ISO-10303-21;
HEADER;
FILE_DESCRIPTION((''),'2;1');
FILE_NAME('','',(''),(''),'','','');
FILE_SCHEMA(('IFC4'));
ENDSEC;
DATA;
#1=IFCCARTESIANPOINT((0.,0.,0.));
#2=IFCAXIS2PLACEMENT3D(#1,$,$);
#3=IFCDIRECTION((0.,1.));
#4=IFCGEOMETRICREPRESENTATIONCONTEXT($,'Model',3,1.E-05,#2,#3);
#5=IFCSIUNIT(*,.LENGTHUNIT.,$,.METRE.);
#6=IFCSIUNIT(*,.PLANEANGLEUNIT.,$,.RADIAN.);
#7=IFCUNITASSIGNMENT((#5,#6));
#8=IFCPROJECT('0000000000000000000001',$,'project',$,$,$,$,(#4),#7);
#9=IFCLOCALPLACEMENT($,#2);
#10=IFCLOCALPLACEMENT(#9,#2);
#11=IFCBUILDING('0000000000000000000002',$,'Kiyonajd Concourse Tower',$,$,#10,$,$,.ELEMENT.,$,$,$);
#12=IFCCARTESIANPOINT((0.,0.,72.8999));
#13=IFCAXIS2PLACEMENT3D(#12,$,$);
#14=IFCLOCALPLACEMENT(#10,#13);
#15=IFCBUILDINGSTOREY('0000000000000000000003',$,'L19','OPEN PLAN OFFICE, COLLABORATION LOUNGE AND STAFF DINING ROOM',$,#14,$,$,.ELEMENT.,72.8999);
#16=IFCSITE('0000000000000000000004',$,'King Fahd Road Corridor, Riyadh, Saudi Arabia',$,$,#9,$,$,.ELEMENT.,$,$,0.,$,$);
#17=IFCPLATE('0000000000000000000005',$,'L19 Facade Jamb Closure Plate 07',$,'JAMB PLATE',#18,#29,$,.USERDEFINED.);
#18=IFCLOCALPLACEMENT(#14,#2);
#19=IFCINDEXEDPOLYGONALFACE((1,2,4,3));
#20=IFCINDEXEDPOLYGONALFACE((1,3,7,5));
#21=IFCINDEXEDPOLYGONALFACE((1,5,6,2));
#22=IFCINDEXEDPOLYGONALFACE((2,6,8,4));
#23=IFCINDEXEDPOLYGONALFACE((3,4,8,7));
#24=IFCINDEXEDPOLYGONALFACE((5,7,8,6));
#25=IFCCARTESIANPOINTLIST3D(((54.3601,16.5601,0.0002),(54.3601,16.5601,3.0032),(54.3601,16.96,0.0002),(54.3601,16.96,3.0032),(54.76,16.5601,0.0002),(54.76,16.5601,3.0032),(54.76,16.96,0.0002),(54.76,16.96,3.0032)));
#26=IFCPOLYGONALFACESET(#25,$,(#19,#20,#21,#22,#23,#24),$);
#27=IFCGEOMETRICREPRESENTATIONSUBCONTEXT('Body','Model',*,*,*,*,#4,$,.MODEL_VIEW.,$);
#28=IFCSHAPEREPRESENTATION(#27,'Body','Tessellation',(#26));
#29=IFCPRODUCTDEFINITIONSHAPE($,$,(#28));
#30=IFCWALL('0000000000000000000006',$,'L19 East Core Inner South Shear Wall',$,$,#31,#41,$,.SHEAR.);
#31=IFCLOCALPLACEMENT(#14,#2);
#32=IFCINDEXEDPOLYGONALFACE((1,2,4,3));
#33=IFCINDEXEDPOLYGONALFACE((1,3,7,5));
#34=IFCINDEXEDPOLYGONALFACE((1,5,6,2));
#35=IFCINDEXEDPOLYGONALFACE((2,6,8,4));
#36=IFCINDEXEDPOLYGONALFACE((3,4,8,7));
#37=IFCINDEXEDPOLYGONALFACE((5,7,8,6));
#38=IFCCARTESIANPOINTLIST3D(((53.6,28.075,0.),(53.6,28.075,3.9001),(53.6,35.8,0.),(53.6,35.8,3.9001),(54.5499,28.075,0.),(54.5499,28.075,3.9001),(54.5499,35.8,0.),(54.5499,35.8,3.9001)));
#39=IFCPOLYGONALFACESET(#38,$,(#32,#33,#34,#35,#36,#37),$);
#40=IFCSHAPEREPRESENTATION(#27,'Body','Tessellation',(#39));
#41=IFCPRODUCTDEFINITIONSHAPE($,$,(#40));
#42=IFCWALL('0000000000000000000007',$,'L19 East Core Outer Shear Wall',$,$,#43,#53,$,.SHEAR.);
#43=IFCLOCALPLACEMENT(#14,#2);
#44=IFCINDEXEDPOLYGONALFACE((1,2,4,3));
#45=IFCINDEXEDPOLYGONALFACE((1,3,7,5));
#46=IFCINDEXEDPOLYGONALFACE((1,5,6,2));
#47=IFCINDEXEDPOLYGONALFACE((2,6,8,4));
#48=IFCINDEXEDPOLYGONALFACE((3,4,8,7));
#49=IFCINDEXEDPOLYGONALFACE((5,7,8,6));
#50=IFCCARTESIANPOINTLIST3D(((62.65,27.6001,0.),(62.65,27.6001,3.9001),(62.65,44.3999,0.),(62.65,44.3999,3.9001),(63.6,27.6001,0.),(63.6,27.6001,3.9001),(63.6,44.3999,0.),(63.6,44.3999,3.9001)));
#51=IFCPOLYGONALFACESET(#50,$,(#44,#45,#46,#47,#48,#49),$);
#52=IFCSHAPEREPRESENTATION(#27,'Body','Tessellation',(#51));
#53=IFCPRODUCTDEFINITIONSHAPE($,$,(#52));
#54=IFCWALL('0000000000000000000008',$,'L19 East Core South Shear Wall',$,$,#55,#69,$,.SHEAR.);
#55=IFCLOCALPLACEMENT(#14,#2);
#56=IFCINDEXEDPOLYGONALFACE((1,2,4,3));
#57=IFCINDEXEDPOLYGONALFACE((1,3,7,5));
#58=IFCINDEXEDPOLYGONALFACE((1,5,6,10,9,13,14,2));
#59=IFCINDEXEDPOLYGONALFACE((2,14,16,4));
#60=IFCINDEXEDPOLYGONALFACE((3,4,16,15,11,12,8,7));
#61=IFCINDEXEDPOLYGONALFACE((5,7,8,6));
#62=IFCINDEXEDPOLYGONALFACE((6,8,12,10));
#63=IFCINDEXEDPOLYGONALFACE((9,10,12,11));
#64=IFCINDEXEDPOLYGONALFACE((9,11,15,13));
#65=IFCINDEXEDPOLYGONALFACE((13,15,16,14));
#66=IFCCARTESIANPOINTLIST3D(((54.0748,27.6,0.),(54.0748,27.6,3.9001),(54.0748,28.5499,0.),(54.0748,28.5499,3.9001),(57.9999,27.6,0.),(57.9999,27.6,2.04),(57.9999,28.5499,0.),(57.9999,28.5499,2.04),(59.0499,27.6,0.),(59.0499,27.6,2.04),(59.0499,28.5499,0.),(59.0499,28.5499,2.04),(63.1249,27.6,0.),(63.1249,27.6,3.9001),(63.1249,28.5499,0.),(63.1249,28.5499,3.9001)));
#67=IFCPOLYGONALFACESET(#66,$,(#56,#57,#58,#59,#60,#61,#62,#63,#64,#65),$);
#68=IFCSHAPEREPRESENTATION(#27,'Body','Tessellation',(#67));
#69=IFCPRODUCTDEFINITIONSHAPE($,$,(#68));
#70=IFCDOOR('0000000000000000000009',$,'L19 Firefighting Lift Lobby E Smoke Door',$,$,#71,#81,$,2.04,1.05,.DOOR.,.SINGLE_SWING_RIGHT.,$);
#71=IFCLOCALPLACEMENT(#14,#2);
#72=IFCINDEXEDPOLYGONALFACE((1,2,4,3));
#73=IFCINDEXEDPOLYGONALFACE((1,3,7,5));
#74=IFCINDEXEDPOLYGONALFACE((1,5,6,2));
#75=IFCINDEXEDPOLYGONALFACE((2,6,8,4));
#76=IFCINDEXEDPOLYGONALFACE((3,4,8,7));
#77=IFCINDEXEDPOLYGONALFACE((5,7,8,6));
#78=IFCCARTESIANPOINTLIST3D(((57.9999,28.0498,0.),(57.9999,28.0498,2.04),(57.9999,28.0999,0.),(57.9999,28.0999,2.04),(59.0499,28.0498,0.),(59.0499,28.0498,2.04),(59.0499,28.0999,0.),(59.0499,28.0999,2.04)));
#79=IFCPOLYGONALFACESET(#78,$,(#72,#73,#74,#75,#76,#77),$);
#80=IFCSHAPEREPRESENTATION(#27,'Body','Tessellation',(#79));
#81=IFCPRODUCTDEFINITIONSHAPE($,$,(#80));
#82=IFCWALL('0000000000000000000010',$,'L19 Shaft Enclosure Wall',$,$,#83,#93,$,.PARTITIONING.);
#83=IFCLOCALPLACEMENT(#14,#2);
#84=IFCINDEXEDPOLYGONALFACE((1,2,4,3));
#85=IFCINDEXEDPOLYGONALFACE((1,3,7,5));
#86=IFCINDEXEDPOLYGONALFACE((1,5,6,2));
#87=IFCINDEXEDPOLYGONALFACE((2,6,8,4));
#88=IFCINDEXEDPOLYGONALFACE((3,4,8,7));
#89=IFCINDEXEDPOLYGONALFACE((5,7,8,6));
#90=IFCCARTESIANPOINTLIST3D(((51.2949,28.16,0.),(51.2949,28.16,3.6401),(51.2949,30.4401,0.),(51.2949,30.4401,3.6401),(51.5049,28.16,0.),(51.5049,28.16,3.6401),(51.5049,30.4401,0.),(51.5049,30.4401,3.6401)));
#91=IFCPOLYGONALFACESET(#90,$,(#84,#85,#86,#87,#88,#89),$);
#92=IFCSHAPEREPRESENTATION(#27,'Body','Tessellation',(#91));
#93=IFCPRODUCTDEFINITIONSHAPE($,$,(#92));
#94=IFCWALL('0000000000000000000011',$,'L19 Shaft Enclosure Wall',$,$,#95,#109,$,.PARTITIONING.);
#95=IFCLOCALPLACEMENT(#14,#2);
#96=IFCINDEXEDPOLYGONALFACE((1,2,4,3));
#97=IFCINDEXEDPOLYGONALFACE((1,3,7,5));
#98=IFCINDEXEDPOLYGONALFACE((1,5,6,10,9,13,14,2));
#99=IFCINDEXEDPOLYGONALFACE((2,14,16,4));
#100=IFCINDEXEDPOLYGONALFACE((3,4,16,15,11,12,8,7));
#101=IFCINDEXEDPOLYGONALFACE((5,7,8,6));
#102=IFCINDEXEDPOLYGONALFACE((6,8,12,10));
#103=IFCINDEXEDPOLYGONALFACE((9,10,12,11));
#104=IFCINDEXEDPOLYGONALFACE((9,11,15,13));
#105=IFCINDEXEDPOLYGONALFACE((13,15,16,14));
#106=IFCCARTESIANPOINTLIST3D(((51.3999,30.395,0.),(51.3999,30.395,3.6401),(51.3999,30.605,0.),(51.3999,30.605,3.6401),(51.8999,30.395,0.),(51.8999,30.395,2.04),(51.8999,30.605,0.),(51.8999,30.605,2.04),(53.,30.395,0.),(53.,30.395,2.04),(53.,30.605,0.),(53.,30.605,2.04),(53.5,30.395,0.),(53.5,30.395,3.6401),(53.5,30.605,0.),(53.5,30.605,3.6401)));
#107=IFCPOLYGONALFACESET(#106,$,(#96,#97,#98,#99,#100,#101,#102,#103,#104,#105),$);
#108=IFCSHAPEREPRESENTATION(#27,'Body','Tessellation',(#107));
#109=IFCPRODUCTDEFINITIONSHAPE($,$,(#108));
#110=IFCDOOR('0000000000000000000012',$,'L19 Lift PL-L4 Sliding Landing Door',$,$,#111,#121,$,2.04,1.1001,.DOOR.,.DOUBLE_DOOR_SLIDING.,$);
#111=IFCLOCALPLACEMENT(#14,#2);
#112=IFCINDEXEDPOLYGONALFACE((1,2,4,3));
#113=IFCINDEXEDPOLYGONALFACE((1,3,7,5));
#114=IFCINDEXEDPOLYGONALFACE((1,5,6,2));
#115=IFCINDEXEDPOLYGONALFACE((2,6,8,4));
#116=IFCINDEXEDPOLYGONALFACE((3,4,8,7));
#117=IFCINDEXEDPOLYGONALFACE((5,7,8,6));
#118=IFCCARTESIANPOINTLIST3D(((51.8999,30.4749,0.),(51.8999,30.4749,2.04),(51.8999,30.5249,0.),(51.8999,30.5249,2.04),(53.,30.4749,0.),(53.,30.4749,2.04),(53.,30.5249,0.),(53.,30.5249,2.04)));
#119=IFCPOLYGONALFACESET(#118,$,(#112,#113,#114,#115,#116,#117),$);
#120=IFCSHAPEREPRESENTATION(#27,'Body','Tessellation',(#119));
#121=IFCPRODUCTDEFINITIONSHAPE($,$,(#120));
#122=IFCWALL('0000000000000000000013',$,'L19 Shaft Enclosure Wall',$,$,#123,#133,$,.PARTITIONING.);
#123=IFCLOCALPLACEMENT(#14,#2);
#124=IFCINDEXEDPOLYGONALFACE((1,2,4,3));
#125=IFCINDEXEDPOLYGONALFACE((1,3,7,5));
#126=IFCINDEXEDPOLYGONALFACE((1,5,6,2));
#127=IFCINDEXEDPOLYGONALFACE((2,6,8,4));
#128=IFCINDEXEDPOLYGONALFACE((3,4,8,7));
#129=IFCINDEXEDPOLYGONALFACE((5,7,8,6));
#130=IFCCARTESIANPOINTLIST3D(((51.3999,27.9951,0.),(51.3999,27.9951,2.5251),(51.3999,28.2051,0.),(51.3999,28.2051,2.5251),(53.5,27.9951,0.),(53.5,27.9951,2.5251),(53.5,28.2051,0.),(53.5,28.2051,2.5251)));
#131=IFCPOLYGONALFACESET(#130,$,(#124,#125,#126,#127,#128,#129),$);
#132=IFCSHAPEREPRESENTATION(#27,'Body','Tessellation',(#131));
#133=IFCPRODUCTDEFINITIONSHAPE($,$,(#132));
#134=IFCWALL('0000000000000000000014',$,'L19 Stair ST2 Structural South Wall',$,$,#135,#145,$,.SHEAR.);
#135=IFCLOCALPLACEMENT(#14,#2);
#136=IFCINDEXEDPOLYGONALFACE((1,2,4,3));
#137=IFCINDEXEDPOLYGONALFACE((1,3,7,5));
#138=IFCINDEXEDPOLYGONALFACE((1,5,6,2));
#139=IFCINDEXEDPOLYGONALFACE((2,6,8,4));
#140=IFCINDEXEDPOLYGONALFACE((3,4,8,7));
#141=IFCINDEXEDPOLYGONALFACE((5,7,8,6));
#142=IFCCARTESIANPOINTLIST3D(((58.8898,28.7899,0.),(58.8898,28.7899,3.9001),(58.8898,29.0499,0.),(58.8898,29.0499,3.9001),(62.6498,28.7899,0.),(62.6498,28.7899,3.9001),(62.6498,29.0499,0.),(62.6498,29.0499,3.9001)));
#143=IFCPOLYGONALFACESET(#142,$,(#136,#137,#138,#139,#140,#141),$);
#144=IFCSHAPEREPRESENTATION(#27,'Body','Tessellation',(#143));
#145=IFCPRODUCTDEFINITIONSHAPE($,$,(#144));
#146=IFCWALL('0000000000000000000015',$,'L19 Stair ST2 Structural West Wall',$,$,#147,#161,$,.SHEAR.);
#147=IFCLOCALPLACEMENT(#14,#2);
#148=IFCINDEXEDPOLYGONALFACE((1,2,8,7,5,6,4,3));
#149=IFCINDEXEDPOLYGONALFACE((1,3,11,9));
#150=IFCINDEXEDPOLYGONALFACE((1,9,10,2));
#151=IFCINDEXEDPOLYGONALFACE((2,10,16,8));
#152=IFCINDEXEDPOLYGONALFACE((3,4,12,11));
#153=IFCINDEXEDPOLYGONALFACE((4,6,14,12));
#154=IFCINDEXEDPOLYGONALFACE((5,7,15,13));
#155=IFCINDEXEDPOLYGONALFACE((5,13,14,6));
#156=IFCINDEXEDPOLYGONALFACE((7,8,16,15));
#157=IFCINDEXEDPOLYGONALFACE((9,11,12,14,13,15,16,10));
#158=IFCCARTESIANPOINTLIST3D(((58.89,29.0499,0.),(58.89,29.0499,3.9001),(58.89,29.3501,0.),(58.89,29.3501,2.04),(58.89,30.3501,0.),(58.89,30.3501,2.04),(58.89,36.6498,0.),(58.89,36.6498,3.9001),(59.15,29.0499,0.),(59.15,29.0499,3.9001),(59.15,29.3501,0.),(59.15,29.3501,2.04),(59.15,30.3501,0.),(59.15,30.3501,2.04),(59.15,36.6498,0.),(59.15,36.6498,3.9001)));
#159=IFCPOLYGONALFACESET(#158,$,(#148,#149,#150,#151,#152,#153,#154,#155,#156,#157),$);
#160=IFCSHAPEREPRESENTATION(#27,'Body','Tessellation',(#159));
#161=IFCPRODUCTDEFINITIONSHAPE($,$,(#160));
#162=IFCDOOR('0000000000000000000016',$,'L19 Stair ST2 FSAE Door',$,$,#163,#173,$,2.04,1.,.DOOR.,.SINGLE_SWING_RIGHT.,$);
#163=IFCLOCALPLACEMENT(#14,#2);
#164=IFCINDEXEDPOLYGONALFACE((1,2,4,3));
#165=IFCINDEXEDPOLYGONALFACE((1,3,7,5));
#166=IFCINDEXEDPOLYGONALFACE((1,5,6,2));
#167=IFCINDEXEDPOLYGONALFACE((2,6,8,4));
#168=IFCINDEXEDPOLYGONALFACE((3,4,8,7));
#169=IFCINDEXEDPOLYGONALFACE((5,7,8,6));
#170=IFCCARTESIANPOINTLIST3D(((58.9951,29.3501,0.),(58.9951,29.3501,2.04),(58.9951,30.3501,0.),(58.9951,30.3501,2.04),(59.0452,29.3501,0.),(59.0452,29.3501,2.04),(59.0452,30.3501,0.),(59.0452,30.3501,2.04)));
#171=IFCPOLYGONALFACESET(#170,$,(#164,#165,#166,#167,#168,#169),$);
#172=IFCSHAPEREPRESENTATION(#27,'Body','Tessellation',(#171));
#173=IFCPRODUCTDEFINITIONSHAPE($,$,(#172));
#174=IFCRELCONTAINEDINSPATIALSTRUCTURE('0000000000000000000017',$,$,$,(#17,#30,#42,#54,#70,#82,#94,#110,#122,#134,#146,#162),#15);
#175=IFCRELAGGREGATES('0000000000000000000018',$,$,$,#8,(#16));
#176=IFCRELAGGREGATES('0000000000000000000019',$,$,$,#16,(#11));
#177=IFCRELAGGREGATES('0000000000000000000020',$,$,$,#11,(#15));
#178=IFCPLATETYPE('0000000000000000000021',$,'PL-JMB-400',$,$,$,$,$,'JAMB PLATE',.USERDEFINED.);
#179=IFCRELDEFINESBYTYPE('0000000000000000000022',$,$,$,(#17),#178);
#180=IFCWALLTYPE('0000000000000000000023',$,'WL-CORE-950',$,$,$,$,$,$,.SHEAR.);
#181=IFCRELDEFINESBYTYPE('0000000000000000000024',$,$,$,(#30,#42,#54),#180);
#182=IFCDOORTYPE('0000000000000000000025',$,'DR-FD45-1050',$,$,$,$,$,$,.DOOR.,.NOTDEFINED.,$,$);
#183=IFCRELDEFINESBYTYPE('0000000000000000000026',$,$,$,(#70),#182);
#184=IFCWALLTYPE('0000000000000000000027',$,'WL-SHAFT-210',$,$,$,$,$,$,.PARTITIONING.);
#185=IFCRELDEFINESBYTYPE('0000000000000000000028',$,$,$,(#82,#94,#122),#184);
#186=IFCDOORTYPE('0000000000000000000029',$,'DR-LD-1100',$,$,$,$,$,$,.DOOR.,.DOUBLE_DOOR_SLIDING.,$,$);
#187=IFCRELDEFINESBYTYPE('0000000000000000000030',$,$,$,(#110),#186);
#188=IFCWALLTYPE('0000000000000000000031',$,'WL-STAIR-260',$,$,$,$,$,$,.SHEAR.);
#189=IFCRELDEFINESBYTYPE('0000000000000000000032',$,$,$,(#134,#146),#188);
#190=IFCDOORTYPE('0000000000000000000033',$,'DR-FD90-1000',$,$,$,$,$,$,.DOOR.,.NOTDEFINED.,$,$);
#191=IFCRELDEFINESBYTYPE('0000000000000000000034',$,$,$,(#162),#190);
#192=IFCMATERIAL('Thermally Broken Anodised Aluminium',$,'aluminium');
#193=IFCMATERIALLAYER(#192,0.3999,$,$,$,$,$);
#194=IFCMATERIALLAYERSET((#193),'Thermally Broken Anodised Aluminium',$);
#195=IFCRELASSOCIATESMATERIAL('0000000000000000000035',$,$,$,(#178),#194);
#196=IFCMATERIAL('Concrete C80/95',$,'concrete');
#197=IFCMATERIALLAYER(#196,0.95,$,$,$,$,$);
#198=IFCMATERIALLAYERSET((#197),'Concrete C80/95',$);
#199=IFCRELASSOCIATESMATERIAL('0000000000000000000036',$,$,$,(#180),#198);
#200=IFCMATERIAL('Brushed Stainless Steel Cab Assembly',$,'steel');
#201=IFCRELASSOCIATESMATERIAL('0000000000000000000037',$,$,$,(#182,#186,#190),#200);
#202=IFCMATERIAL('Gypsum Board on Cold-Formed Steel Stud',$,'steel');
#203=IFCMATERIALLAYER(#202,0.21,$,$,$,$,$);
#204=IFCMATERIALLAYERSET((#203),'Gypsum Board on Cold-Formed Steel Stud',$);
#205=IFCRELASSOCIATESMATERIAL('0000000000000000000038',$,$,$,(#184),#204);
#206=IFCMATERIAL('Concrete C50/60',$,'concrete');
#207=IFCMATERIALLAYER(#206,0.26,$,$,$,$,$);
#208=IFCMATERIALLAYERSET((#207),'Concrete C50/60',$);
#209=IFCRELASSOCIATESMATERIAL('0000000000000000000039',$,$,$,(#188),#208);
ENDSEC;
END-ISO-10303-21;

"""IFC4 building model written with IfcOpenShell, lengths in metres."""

from ifc_helpers import new_model, si_unit, direction, frame, frame_2d, origin, origin_2d, place, context, subcontext, project, spatial, rectangle, extrude, material, layer, layer_set, type_object, element, fill, save


model = new_model("IFC4")

# Units and contexts
model_context = context("Model", 3, precision=1e-05, world=origin(), true_north=direction((0.0, 1.0)))
body_context = subcontext(model_context, "Body", "Model", "MODEL_VIEW")
ifc_project = project(units=[si_unit("LENGTHUNIT", "METRE"), si_unit("PLANEANGLEUNIT", "RADIAN")], contexts=[model_context])

# Site, building, storey
site_placement = place(None, origin())
site = spatial("IfcSite", under=ifc_project, at=site_placement, Name="King Fahd Road Corridor, Riyadh, Saudi Arabia", CompositionType="ELEMENT", RefElevation=0.0)
building_placement = place(site_placement, origin())
building = spatial("IfcBuilding", under=site, at=building_placement, Name="Kiyonajd Concourse Tower", CompositionType="ELEMENT")
storey_placement = place(building_placement, frame((0.0, 0.0, 72.8999)))
storey = spatial("IfcBuildingStorey", under=building, at=storey_placement, Name="L19", Description="OPEN PLAN OFFICE, COLLABORATION LOUNGE AND STAFF DINING ROOM", CompositionType="ELEMENT", Elevation=72.8999)

# Shared definitions
ifc_material_1 = material(Name="Concrete C50/60", Category="concrete")

# Shared definitions
ifc_material_2 = material(Name="Thermally Broken Anodised Aluminium", Category="aluminium")

# Plate
ifc_layer_1 = layer(ifc_material_2, 0.3999)
ifc_layer_set_1 = layer_set([ifc_layer_1], Name="Thermally Broken Anodised Aluminium")
plate_type_1 = type_object("IfcPlateType", Name="PL-JMB-400", ElementType="JAMB PLATE", PredefinedType="USERDEFINED", material=ifc_layer_set_1)
plate_1_placement = place(storey_placement, frame((54.5601, 16.76, 0.0002), z_axis=(0.0, 0.0, 1.0), x_axis=(1.0, 0.0, 0.0)))
element("IfcPlate", 1, at=plate_1_placement, inside=storey, type_object=plate_type_1, Name="L19 Facade Jamb Closure Plate 07", ObjectType="JAMB PLATE", PredefinedType="USERDEFINED", context=body_context, shape_type="SweptSolid", body=[
    extrude(rectangle(XDim=0.3999, YDim=0.3999, at=origin_2d()), origin(), (0.0, 0.0, 1.0), 3.0029),
])

# Walls
ifc_material_3 = material(Name="Concrete C80/95", Category="concrete")
ifc_layer_2 = layer(ifc_material_3, 0.95)
ifc_layer_set_2 = layer_set([ifc_layer_2], Name="Concrete C80/95")
wall_type_1 = type_object("IfcWallType", Name="WL-CORE-950", PredefinedType="SHEAR", material=ifc_layer_set_2)
wall_1_placement = place(storey_placement, frame((54.075, 28.075, 0.0), z_axis=(0.0, 0.0, 1.0), x_axis=(0.0, 1.0, 0.0)))
element("IfcWall", 2, at=wall_1_placement, inside=storey, type_object=wall_type_1, Name="L19 East Core Inner South Shear Wall", PredefinedType="SHEAR", context=body_context, shape_type="SweptSolid", body=[
    extrude(rectangle(XDim=7.7251, YDim=0.95, at=frame_2d((3.8625, 0.0))), origin(), (0.0, 0.0, 1.0), 3.9001),
])
wall_2_placement = place(storey_placement, frame((63.125, 27.6001, 0.0), z_axis=(0.0, 0.0, 1.0), x_axis=(0.0, 1.0, 0.0)))
element("IfcWall", 3, at=wall_2_placement, inside=storey, type_object=wall_type_1, Name="L19 East Core Outer Shear Wall", PredefinedType="SHEAR", context=body_context, shape_type="SweptSolid", body=[
    extrude(rectangle(XDim=16.7998, YDim=0.95, at=frame_2d((8.3999, 0.0))), origin(), (0.0, 0.0, 1.0), 3.9001),
])

# Wall, opening, door
wall_3_placement = place(storey_placement, frame((54.075, 28.075, 0.0), z_axis=(0.0, 0.0, 1.0), x_axis=(1.0, 0.0, 0.0)))
wall_3 = element("IfcWall", 4, at=wall_3_placement, inside=storey, type_object=wall_type_1, Name="L19 East Core South Shear Wall", PredefinedType="SHEAR", context=body_context, shape_type="SweptSolid", body=[
    extrude(rectangle(XDim=9.05, YDim=0.95, at=frame_2d((4.5249, 0.0))), origin(), (0.0, 0.0, 1.0), 3.9001),
])
opening_1_placement = place(wall_3_placement, frame((3.925, 0.0, 0.0)))
opening_1 = element("IfcOpeningElement", 5, at=opening_1_placement, cuts=wall_3, PredefinedType="OPENING", context=body_context, shape_type="SweptSolid", body=[
    extrude(rectangle(XDim=1.05, YDim=2.04, at=frame_2d((0.5249, 1.02))), frame((0.0, 0.4849, 0.0), z_axis=(0.0, -1.0, 0.0), x_axis=(1.0, 0.0, 0.0)), (0.0, 0.0, 1.0), 0.97),
])
ifc_material_4 = material(Name="Brushed Stainless Steel Cab Assembly", Category="steel")
door_type_1 = type_object("IfcDoorType", Name="DR-FD45-1050", OperationType="NOTDEFINED", PredefinedType="DOOR", material=ifc_material_4)
door_1_placement = place(opening_1_placement, origin())
door_1 = element("IfcDoor", 6, at=door_1_placement, inside=storey, type_object=door_type_1, Name="L19 Firefighting Lift Lobby E Smoke Door", OperationType="SINGLE_SWING_RIGHT", OverallHeight=2.04, OverallWidth=1.05, PredefinedType="DOOR", context=body_context, shape_type="SweptSolid", body=[
    extrude(rectangle(XDim=1.05, YDim=2.04, at=frame_2d((0.5249, 1.02))), frame((0.0, 0.0249, 0.0), z_axis=(0.0, -1.0, 0.0), x_axis=(1.0, 0.0, 0.0)), (0.0, 0.0, 1.0), 0.05),
])
fill(opening_1, door_1)

# Wall
ifc_material_5 = material(Name="Gypsum Board on Cold-Formed Steel Stud", Category="steel")
ifc_layer_3 = layer(ifc_material_5, 0.21)
ifc_layer_set_3 = layer_set([ifc_layer_3], Name="Gypsum Board on Cold-Formed Steel Stud")
wall_type_2 = type_object("IfcWallType", Name="WL-SHAFT-210", PredefinedType="PARTITIONING", material=ifc_layer_set_3)
wall_4_placement = place(storey_placement, frame((51.3999, 28.1599, 0.0), z_axis=(0.0, 0.0, 1.0), x_axis=(0.0, 1.0, 0.0)))
element("IfcWall", 7, at=wall_4_placement, inside=storey, type_object=wall_type_2, Name="L19 Shaft Enclosure Wall", PredefinedType="PARTITIONING", context=body_context, shape_type="SweptSolid", body=[
    extrude(rectangle(XDim=2.28, YDim=0.21, at=frame_2d((1.1401, 0.0))), origin(), (0.0, 0.0, 1.0), 3.6401),
])

# Wall, opening, door
wall_5_placement = place(storey_placement, frame((51.3999, 30.5, 0.0), z_axis=(0.0, 0.0, 1.0), x_axis=(1.0, 0.0, 0.0)))
wall_5 = element("IfcWall", 8, at=wall_5_placement, inside=storey, type_object=wall_type_2, Name="L19 Shaft Enclosure Wall", PredefinedType="PARTITIONING", context=body_context, shape_type="SweptSolid", body=[
    extrude(rectangle(XDim=2.1001, YDim=0.21, at=frame_2d((1.05, 0.0))), origin(), (0.0, 0.0, 1.0), 3.6401),
])
opening_2_placement = place(wall_5_placement, frame((0.5, 0.0, 0.0)))
opening_2 = element("IfcOpeningElement", 9, at=opening_2_placement, cuts=wall_5, PredefinedType="OPENING", context=body_context, shape_type="SweptSolid", body=[
    extrude(rectangle(XDim=1.1001, YDim=2.04, at=frame_2d((0.55, 1.02))), frame((0.0, 0.115, 0.0), z_axis=(0.0, -1.0, 0.0), x_axis=(1.0, 0.0, 0.0)), (0.0, 0.0, 1.0), 0.23),
])
door_type_2 = type_object("IfcDoorType", Name="DR-LD-1100", OperationType="DOUBLE_DOOR_SLIDING", PredefinedType="DOOR", material=ifc_material_4)
door_2_placement = place(opening_2_placement, origin())
door_2 = element("IfcDoor", 10, at=door_2_placement, inside=storey, type_object=door_type_2, Name="L19 Lift PL-L4 Sliding Landing Door", OperationType="DOUBLE_DOOR_SLIDING", OverallHeight=2.04, OverallWidth=1.1001, PredefinedType="DOOR", context=body_context, shape_type="SweptSolid", body=[
    extrude(rectangle(XDim=1.1001, YDim=2.04, at=frame_2d((0.55, 1.02))), frame((0.0, 0.0249, 0.0), z_axis=(0.0, -1.0, 0.0), x_axis=(1.0, 0.0, 0.0)), (0.0, 0.0, 1.0), 0.05),
])
fill(opening_2, door_2)

# Walls
wall_6_placement = place(storey_placement, frame((51.3999, 28.1001, 0.0), z_axis=(0.0, 0.0, 1.0), x_axis=(1.0, 0.0, 0.0)))
element("IfcWall", 11, at=wall_6_placement, inside=storey, type_object=wall_type_2, Name="L19 Shaft Enclosure Wall", PredefinedType="PARTITIONING", context=body_context, shape_type="SweptSolid", body=[
    extrude(rectangle(XDim=2.1001, YDim=0.21, at=frame_2d((1.05, 0.0))), origin(), (0.0, 0.0, 1.0), 2.5251),
])
ifc_layer_4 = layer(ifc_material_1, 0.26)
ifc_layer_set_4 = layer_set([ifc_layer_4], Name="Concrete C50/60")
wall_type_3 = type_object("IfcWallType", Name="WL-STAIR-260", PredefinedType="SHEAR", material=ifc_layer_set_4)
wall_7_placement = place(storey_placement, frame((58.8899, 28.9199, 0.0), z_axis=(0.0, 0.0, 1.0), x_axis=(1.0, 0.0, 0.0)))
element("IfcWall", 12, at=wall_7_placement, inside=storey, type_object=wall_type_3, Name="L19 Stair ST2 Structural South Wall", PredefinedType="SHEAR", context=body_context, shape_type="SweptSolid", body=[
    extrude(rectangle(XDim=3.76, YDim=0.26, at=frame_2d((1.8799, 0.0))), origin(), (0.0, 0.0, 1.0), 3.9001),
])

# Wall, opening, door
wall_8_placement = place(storey_placement, frame((59.02, 29.05, 0.0), z_axis=(0.0, 0.0, 1.0), x_axis=(0.0, 1.0, 0.0)))
wall_8 = element("IfcWall", 13, at=wall_8_placement, inside=storey, type_object=wall_type_3, Name="L19 Stair ST2 Structural West Wall", PredefinedType="SHEAR", context=body_context, shape_type="SweptSolid", body=[
    extrude(rectangle(XDim=7.5999, YDim=0.26, at=frame_2d((3.7998, 0.0))), origin(), (0.0, 0.0, 1.0), 3.9001),
])
opening_3_placement = place(wall_8_placement, frame((0.3, 0.0, 0.0)))
opening_3 = element("IfcOpeningElement", 14, at=opening_3_placement, cuts=wall_8, PredefinedType="OPENING", context=body_context, shape_type="SweptSolid", body=[
    extrude(rectangle(XDim=1.0, YDim=2.04, at=frame_2d((0.5, 1.02))), frame((0.0, 0.1399, 0.0), z_axis=(0.0, -1.0, 0.0), x_axis=(1.0, 0.0, 0.0)), (0.0, 0.0, 1.0), 0.28),
])
door_type_3 = type_object("IfcDoorType", Name="DR-FD90-1000", OperationType="NOTDEFINED", PredefinedType="DOOR", material=ifc_material_4)
door_3_placement = place(opening_3_placement, origin())
door_3 = element("IfcDoor", 15, at=door_3_placement, inside=storey, type_object=door_type_3, Name="L19 Stair ST2 FSAE Door", OperationType="SINGLE_SWING_RIGHT", OverallHeight=2.04, OverallWidth=1.0, PredefinedType="DOOR", context=body_context, shape_type="SweptSolid", body=[
    extrude(rectangle(XDim=1.0, YDim=2.04, at=frame_2d((0.5, 1.02))), frame((0.0, 0.0249, 0.0), z_axis=(0.0, -1.0, 0.0), x_axis=(1.0, 0.0, 0.0)), (0.0, 0.0, 1.0), 0.05),
])
fill(opening_3, door_3)

save(model, "model.ifc")
